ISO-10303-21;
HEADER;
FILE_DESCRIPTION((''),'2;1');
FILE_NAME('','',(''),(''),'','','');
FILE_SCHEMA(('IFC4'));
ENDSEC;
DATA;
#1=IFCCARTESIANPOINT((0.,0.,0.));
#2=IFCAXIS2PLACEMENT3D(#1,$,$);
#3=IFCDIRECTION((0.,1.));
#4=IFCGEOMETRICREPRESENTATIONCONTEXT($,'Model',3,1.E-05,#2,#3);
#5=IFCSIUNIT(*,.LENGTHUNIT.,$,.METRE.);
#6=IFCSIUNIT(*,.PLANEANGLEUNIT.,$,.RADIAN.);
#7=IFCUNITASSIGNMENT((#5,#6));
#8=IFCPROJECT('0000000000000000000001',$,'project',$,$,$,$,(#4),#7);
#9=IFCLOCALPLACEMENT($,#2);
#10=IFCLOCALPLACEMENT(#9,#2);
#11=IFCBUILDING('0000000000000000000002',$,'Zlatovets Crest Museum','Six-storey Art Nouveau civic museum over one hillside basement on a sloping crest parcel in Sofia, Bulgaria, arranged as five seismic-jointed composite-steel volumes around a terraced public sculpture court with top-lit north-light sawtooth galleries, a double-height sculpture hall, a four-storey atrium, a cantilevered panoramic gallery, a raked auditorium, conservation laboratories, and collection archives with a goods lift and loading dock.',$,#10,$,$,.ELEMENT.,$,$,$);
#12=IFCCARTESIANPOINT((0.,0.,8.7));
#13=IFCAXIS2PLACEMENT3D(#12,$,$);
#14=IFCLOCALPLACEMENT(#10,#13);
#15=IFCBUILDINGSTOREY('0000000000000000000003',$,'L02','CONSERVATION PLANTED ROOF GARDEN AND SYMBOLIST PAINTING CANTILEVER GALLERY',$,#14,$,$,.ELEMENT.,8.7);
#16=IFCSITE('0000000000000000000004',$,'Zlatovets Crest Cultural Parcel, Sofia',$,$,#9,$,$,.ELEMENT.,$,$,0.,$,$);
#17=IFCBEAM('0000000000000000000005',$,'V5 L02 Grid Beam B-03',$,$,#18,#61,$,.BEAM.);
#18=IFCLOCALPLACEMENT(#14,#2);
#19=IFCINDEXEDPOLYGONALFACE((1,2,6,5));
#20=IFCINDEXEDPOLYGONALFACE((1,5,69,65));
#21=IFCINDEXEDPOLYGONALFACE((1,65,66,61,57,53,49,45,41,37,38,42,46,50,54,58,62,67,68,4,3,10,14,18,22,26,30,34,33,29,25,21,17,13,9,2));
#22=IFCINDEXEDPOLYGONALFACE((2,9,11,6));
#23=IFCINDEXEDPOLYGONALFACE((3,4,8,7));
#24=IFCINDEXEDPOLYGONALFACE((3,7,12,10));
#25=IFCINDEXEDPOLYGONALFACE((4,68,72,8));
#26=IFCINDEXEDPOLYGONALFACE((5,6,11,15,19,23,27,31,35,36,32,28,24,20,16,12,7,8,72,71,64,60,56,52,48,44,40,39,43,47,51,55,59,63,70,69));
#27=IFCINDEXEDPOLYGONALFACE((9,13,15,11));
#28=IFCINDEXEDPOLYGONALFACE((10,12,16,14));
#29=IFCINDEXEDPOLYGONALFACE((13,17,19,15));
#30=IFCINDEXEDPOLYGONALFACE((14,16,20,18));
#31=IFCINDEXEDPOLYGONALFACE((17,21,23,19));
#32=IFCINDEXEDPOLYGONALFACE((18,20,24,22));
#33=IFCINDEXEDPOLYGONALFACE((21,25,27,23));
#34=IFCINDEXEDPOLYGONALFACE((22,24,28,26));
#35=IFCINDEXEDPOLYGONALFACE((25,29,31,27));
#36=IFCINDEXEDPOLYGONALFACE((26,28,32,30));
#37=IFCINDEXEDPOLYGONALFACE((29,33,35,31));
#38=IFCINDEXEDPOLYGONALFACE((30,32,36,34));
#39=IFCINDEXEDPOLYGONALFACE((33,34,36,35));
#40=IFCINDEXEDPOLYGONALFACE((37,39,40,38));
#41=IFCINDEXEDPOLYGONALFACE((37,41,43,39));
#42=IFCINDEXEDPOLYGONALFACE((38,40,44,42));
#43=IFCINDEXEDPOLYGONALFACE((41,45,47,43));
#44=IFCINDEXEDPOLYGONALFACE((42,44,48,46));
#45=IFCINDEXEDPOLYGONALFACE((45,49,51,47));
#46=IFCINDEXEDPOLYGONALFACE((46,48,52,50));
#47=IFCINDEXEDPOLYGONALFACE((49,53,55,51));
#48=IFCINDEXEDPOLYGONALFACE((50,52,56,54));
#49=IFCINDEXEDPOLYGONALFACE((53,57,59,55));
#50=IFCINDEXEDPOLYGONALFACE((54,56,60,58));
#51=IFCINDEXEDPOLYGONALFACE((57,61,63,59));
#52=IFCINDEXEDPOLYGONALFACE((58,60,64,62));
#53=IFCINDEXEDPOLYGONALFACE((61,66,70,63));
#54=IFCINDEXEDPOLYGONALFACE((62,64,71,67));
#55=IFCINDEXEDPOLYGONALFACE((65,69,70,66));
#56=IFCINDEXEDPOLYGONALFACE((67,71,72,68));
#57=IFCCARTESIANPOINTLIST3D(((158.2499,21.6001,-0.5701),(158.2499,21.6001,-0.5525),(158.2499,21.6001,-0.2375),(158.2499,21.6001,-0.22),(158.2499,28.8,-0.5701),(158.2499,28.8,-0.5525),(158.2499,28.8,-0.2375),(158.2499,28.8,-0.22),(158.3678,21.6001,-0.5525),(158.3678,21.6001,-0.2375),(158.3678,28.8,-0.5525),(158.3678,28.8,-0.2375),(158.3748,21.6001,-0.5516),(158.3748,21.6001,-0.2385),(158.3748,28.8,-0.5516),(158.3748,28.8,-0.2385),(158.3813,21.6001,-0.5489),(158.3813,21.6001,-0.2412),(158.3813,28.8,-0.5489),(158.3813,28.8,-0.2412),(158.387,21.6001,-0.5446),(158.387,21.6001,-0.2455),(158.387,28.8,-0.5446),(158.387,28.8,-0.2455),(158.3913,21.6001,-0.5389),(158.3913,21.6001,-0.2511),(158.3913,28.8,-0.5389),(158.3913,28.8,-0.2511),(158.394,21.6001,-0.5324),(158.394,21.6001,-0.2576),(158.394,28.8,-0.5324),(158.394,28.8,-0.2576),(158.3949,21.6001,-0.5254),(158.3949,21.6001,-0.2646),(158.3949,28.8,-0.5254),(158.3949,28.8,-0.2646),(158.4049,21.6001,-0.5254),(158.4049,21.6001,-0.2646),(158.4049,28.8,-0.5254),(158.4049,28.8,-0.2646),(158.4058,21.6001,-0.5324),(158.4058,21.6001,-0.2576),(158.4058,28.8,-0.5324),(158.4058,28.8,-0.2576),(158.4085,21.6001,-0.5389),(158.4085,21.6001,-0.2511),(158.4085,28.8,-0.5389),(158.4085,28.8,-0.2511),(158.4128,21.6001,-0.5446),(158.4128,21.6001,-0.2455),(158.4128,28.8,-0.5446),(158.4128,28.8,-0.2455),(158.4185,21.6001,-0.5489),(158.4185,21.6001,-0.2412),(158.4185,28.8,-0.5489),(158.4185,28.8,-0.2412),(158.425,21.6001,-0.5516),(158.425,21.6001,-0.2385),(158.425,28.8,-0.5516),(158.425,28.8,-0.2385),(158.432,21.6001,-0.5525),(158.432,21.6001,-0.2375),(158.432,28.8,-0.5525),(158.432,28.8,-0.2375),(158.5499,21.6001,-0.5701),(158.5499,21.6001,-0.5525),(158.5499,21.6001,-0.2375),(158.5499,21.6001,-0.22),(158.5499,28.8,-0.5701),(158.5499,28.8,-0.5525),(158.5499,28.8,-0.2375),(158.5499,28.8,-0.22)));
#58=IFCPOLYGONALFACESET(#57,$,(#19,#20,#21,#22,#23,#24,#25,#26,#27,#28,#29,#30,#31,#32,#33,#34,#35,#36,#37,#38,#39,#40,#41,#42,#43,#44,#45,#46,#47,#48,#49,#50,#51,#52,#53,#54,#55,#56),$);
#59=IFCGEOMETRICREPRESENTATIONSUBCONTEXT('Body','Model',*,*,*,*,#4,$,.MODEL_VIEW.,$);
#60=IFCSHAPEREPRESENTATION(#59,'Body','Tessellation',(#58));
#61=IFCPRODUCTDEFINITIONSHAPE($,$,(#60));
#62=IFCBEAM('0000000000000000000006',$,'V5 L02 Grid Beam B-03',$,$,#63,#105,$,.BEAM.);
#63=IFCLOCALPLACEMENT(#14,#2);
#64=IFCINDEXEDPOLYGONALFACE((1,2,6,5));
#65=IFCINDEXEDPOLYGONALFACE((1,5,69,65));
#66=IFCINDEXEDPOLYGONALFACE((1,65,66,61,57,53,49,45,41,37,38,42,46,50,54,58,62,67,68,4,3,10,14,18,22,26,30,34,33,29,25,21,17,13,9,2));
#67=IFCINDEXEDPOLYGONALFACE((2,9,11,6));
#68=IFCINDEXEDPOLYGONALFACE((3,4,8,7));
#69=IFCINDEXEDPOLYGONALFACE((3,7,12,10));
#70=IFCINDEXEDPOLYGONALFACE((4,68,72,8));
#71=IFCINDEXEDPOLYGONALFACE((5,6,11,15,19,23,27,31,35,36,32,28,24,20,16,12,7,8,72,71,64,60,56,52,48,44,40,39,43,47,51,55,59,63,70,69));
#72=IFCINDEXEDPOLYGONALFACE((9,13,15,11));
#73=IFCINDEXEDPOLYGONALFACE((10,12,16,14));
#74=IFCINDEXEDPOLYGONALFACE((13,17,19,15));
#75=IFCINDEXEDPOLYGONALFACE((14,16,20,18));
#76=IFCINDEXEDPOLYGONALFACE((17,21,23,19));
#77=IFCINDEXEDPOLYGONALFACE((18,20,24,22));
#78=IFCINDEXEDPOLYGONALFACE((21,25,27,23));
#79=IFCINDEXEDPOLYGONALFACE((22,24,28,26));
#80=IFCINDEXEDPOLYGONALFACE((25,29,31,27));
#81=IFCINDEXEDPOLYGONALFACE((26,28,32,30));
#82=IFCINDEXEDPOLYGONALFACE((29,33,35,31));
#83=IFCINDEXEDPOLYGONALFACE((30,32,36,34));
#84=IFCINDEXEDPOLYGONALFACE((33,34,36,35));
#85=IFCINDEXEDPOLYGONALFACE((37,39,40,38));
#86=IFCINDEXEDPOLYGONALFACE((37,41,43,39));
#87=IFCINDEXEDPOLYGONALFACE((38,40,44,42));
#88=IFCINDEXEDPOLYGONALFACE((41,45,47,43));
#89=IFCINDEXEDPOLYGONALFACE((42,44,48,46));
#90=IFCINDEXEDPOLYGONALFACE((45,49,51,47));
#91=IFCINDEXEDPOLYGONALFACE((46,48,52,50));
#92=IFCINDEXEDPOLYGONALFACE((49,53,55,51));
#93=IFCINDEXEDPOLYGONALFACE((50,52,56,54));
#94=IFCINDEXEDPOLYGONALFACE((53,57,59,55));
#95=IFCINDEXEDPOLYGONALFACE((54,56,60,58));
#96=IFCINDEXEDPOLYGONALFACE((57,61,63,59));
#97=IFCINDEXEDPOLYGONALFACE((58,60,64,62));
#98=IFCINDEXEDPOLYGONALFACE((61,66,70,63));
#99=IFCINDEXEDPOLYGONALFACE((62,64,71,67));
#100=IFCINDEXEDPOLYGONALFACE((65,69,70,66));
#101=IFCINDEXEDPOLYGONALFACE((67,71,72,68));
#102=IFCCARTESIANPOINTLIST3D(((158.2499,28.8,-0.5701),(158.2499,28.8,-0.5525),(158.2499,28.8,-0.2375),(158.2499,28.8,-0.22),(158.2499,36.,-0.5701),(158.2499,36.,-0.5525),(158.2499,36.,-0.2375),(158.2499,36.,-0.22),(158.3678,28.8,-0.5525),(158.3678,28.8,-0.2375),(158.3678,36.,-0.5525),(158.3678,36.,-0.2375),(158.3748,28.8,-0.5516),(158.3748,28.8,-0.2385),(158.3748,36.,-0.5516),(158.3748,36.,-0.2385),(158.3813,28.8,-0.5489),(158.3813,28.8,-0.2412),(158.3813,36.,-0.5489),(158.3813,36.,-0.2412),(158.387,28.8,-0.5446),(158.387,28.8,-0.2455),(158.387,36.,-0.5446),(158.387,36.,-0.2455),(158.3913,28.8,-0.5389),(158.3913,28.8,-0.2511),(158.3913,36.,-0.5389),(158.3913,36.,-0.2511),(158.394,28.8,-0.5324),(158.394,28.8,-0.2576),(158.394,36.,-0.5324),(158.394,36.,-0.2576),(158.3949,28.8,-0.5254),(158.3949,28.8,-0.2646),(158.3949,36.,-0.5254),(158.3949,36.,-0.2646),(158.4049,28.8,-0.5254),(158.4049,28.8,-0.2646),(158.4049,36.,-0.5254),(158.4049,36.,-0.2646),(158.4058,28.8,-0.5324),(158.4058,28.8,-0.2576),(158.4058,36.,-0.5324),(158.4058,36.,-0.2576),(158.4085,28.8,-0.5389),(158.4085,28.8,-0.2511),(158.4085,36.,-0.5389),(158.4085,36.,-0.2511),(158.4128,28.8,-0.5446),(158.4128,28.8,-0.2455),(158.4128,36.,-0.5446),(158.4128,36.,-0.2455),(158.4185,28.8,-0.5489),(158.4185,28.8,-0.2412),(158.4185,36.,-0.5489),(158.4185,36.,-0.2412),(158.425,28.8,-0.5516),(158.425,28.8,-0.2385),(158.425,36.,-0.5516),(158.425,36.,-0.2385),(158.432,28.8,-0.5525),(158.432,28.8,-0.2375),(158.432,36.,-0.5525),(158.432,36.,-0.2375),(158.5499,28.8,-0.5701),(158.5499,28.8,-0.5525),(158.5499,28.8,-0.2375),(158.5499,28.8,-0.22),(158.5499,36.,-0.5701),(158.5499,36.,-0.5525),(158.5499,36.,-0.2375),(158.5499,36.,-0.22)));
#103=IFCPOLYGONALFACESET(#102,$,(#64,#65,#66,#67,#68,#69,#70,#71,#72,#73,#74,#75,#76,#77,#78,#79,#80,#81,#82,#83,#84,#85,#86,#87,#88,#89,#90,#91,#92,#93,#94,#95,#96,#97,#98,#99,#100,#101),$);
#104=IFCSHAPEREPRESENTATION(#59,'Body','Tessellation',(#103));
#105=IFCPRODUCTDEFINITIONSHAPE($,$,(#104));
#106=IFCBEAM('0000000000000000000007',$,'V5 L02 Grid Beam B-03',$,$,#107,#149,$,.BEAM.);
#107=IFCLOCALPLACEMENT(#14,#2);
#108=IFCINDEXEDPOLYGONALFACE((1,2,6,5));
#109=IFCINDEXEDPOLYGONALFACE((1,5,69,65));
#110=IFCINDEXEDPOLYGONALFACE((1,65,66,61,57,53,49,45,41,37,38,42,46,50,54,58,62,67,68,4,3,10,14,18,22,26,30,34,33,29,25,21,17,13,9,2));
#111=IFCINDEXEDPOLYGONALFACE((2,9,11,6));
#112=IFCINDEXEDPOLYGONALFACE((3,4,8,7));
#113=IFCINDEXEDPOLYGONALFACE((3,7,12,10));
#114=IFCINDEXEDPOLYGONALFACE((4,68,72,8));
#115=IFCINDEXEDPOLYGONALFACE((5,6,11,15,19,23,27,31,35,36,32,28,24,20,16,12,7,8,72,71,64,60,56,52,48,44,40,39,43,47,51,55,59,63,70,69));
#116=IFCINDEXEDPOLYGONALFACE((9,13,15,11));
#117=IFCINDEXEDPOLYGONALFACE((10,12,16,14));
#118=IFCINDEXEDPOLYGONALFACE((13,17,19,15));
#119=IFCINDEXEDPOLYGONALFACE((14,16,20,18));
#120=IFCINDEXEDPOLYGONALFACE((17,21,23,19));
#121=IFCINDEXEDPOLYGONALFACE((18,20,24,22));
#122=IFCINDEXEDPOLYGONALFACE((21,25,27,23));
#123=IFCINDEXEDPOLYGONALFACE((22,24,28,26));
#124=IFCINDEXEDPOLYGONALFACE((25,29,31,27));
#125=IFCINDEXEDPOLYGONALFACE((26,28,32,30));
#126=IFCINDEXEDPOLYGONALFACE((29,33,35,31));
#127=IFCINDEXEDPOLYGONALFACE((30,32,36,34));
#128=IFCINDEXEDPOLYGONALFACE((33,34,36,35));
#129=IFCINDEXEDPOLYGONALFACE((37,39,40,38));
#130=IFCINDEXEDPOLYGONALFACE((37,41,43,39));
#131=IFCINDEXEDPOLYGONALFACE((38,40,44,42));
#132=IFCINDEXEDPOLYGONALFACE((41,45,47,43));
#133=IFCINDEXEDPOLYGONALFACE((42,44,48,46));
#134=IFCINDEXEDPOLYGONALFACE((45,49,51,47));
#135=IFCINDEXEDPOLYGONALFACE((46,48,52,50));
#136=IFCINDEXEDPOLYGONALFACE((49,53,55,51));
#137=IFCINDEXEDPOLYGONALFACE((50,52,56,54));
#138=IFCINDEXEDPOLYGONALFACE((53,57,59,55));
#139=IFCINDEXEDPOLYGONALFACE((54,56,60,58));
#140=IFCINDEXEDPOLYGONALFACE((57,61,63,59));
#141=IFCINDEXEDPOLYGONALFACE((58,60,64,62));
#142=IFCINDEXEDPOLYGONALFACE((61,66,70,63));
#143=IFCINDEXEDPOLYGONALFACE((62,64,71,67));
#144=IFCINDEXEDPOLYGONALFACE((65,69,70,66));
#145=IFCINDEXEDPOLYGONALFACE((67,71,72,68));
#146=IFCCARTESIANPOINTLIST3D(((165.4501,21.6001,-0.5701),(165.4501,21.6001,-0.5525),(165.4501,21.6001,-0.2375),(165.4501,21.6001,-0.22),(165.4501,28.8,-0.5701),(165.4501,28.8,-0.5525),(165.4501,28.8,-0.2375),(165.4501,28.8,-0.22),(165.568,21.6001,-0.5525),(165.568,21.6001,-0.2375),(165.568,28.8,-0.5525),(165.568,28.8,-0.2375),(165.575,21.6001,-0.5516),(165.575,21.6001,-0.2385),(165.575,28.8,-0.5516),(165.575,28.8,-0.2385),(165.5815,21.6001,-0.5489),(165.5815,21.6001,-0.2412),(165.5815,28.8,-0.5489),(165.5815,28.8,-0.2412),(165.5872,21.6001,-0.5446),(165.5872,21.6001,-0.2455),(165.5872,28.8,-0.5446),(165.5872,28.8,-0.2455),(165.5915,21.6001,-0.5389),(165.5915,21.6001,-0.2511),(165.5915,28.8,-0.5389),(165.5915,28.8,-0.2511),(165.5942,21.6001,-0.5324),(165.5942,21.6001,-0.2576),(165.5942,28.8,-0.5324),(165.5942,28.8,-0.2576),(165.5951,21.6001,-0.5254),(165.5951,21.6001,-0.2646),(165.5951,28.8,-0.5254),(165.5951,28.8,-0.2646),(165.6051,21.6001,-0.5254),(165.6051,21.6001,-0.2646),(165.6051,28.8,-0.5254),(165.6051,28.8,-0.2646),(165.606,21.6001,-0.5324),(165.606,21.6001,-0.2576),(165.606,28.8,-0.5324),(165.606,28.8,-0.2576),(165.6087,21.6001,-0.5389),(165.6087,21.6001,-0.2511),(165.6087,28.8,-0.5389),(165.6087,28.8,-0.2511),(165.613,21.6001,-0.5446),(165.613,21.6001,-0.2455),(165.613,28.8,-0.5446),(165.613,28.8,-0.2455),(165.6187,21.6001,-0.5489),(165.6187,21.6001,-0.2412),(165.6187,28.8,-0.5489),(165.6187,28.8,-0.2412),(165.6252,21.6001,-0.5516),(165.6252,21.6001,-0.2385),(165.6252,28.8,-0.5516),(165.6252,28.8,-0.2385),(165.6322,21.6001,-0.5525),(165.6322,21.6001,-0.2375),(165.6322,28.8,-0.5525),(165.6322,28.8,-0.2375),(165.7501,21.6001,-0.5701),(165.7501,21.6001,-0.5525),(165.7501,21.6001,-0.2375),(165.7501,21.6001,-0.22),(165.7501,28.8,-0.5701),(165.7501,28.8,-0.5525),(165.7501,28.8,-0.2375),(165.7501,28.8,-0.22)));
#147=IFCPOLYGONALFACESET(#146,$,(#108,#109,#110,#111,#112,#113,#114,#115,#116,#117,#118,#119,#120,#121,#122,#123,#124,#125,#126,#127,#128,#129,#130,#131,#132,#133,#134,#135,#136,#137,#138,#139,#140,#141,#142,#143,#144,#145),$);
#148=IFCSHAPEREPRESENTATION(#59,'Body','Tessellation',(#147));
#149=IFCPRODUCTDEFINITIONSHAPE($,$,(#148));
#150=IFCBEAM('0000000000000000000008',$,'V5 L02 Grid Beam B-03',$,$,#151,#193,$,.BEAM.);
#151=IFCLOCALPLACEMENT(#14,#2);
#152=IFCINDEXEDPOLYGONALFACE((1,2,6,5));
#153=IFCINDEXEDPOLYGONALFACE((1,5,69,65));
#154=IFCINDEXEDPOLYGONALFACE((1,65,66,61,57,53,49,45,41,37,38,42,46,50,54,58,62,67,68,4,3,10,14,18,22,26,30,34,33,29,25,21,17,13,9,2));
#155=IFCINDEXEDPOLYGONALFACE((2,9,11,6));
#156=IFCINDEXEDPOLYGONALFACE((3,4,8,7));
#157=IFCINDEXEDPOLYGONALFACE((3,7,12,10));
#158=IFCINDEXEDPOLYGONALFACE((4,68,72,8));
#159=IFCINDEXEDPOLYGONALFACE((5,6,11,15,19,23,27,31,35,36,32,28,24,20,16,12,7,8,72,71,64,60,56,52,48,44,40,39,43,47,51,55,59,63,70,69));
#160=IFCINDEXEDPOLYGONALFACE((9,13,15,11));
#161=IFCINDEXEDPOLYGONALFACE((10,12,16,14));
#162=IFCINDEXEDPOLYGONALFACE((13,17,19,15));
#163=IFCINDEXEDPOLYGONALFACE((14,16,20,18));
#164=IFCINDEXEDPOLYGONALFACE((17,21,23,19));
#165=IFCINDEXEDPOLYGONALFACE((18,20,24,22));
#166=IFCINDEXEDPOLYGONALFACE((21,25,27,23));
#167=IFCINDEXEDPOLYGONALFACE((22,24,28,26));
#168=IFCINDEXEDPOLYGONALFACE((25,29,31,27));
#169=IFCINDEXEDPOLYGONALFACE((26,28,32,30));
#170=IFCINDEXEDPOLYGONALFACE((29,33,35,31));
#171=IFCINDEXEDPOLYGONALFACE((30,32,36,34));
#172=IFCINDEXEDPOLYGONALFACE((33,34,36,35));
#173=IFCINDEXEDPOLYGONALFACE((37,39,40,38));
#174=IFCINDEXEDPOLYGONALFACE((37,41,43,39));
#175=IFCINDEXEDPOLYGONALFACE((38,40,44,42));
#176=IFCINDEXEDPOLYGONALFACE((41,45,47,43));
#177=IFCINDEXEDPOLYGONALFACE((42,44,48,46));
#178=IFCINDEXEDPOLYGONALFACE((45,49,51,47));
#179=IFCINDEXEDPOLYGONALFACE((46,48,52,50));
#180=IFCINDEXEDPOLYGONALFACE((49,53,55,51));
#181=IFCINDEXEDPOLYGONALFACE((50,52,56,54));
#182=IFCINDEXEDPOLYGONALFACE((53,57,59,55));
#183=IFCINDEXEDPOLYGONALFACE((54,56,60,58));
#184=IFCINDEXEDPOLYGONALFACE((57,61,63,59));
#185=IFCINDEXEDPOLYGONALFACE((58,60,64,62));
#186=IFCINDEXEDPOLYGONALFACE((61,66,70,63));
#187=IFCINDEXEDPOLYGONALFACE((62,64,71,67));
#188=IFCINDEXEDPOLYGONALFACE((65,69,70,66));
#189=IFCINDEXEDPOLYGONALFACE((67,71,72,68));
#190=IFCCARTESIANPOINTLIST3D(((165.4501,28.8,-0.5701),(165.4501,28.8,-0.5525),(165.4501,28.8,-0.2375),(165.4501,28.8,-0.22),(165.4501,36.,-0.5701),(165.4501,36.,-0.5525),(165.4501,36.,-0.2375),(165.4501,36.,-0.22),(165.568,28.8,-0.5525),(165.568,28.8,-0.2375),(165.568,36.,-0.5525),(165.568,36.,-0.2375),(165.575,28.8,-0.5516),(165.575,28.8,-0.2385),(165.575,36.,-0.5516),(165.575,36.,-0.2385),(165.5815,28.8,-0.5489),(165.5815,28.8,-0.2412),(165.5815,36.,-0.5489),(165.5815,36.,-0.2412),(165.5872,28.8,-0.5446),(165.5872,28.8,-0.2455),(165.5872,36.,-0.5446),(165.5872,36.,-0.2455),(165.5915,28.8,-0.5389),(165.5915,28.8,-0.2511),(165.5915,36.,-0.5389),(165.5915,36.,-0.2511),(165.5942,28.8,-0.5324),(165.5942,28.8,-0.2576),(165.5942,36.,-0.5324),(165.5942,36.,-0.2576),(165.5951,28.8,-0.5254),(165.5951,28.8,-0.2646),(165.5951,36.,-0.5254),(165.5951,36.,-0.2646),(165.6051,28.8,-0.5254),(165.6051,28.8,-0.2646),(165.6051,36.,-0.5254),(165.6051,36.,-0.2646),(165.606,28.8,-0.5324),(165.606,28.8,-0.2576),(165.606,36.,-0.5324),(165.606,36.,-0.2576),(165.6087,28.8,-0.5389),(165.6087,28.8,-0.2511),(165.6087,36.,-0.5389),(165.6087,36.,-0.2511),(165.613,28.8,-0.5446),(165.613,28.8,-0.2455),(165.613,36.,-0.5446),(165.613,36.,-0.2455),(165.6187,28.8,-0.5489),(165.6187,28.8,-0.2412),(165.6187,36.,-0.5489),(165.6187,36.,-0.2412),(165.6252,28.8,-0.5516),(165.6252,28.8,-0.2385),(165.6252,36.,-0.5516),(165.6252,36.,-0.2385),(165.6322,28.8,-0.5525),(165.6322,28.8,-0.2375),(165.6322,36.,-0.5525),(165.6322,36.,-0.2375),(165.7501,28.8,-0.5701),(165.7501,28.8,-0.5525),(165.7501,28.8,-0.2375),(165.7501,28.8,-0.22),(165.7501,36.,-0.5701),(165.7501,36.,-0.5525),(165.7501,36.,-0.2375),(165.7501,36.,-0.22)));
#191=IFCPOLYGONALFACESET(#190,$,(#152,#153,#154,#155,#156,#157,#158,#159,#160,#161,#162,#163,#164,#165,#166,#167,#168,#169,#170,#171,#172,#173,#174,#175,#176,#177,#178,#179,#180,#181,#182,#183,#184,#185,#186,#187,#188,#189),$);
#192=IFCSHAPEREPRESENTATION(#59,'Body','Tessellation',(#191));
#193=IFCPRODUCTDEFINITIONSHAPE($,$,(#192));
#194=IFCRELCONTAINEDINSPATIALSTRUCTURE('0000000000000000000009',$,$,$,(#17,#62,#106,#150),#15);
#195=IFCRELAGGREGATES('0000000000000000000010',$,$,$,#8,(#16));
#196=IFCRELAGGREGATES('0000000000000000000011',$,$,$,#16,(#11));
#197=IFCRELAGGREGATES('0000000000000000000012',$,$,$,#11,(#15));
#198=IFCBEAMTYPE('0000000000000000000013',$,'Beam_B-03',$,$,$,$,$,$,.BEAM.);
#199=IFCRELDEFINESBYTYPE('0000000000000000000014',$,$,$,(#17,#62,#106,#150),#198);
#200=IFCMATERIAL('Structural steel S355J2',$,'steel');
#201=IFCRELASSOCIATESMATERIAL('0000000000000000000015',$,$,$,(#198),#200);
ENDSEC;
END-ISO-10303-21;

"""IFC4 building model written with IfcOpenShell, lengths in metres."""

from ifc_helpers import new_model, si_unit, direction, frame, origin, origin_2d, place, context, subcontext, project, spatial, i_section, extrude, material, material_profile, profile_set, type_object, element, save


model = new_model("IFC4")

# Units and contexts
model_context = context("Model", 3, precision=1e-05, world=origin(), true_north=direction((0.0, 1.0)))
body_context = subcontext(model_context, "Body", "Model", "MODEL_VIEW")
ifc_project = project(units=[si_unit("LENGTHUNIT", "METRE"), si_unit("PLANEANGLEUNIT", "RADIAN")], contexts=[model_context])

# Site, building, storey
site_placement = place(None, origin())
site = spatial("IfcSite", under=ifc_project, at=site_placement, Name="Zlatovets Crest Cultural Parcel, Sofia", CompositionType="ELEMENT", RefElevation=0.0)
building_placement = place(site_placement, origin())
building = spatial("IfcBuilding", under=site, at=building_placement, Name="Zlatovets Crest Museum", Description="Six-storey Art Nouveau civic museum over one hillside basement on a sloping crest parcel in Sofia, Bulgaria, arranged as five seismic-jointed composite-steel volumes around a terraced public sculpture court with top-lit north-light sawtooth galleries, a double-height sculpture hall, a four-storey atrium, a cantilevered panoramic gallery, a raked auditorium, conservation laboratories, and collection archives with a goods lift and loading dock.", CompositionType="ELEMENT")
storey_placement = place(building_placement, frame((0.0, 0.0, 8.7)))
storey = spatial("IfcBuildingStorey", under=building, at=storey_placement, Name="L02", Description="CONSERVATION PLANTED ROOF GARDEN AND SYMBOLIST PAINTING CANTILEVER GALLERY", CompositionType="ELEMENT", Elevation=8.7)

# Shared definitions
ifc_material_1 = material(Name="Structural steel S355J2", Category="steel")

# Beams
ifc_material_profile_1 = material_profile(ifc_material_1, i_section(OverallWidth=0.3, OverallDepth=0.3501, WebThickness=0.01, FlangeThickness=0.0176, FilletRadius=0.0271, at=origin_2d()), Name="HEA 360")
ifc_profile_set_1 = profile_set([ifc_material_profile_1], Name="Structural steel S355J2")
beam_type_1 = type_object("IfcBeamType", Name="Beam_B-03", PredefinedType="BEAM", material=ifc_profile_set_1)
for number, where, z_axis, x_axis, name in (
    (1, (158.3999, 21.6001, -0.395), (0.0, 1.0, 0.0), (-1.0, 0.0, 0.0), "V5 L02 Grid Beam B-03"),
    (2, (158.3999, 28.8, -0.395), (0.0, 1.0, 0.0), (-1.0, 0.0, 0.0), "V5 L02 Grid Beam B-03"),
    (3, (165.6001, 21.6001, -0.395), (0.0, 1.0, 0.0), (-1.0, 0.0, 0.0), "V5 L02 Grid Beam B-03"),
    (4, (165.6001, 28.8, -0.395), (0.0, 1.0, 0.0), (-1.0, 0.0, 0.0), "V5 L02 Grid Beam B-03"),
):
    element("IfcBeam", number, at=place(storey_placement, frame(where, z_axis=z_axis, x_axis=x_axis)), inside=storey, type_object=beam_type_1, Name=name, PredefinedType="BEAM", context=body_context, shape_type="SweptSolid", body=[
        extrude(i_section(OverallWidth=0.3, OverallDepth=0.3501, WebThickness=0.01, FlangeThickness=0.0176, FilletRadius=0.0271, at=origin_2d()), origin(), (0.0, 0.0, 1.0), 7.2),
    ])

save(model, "model.ifc")
